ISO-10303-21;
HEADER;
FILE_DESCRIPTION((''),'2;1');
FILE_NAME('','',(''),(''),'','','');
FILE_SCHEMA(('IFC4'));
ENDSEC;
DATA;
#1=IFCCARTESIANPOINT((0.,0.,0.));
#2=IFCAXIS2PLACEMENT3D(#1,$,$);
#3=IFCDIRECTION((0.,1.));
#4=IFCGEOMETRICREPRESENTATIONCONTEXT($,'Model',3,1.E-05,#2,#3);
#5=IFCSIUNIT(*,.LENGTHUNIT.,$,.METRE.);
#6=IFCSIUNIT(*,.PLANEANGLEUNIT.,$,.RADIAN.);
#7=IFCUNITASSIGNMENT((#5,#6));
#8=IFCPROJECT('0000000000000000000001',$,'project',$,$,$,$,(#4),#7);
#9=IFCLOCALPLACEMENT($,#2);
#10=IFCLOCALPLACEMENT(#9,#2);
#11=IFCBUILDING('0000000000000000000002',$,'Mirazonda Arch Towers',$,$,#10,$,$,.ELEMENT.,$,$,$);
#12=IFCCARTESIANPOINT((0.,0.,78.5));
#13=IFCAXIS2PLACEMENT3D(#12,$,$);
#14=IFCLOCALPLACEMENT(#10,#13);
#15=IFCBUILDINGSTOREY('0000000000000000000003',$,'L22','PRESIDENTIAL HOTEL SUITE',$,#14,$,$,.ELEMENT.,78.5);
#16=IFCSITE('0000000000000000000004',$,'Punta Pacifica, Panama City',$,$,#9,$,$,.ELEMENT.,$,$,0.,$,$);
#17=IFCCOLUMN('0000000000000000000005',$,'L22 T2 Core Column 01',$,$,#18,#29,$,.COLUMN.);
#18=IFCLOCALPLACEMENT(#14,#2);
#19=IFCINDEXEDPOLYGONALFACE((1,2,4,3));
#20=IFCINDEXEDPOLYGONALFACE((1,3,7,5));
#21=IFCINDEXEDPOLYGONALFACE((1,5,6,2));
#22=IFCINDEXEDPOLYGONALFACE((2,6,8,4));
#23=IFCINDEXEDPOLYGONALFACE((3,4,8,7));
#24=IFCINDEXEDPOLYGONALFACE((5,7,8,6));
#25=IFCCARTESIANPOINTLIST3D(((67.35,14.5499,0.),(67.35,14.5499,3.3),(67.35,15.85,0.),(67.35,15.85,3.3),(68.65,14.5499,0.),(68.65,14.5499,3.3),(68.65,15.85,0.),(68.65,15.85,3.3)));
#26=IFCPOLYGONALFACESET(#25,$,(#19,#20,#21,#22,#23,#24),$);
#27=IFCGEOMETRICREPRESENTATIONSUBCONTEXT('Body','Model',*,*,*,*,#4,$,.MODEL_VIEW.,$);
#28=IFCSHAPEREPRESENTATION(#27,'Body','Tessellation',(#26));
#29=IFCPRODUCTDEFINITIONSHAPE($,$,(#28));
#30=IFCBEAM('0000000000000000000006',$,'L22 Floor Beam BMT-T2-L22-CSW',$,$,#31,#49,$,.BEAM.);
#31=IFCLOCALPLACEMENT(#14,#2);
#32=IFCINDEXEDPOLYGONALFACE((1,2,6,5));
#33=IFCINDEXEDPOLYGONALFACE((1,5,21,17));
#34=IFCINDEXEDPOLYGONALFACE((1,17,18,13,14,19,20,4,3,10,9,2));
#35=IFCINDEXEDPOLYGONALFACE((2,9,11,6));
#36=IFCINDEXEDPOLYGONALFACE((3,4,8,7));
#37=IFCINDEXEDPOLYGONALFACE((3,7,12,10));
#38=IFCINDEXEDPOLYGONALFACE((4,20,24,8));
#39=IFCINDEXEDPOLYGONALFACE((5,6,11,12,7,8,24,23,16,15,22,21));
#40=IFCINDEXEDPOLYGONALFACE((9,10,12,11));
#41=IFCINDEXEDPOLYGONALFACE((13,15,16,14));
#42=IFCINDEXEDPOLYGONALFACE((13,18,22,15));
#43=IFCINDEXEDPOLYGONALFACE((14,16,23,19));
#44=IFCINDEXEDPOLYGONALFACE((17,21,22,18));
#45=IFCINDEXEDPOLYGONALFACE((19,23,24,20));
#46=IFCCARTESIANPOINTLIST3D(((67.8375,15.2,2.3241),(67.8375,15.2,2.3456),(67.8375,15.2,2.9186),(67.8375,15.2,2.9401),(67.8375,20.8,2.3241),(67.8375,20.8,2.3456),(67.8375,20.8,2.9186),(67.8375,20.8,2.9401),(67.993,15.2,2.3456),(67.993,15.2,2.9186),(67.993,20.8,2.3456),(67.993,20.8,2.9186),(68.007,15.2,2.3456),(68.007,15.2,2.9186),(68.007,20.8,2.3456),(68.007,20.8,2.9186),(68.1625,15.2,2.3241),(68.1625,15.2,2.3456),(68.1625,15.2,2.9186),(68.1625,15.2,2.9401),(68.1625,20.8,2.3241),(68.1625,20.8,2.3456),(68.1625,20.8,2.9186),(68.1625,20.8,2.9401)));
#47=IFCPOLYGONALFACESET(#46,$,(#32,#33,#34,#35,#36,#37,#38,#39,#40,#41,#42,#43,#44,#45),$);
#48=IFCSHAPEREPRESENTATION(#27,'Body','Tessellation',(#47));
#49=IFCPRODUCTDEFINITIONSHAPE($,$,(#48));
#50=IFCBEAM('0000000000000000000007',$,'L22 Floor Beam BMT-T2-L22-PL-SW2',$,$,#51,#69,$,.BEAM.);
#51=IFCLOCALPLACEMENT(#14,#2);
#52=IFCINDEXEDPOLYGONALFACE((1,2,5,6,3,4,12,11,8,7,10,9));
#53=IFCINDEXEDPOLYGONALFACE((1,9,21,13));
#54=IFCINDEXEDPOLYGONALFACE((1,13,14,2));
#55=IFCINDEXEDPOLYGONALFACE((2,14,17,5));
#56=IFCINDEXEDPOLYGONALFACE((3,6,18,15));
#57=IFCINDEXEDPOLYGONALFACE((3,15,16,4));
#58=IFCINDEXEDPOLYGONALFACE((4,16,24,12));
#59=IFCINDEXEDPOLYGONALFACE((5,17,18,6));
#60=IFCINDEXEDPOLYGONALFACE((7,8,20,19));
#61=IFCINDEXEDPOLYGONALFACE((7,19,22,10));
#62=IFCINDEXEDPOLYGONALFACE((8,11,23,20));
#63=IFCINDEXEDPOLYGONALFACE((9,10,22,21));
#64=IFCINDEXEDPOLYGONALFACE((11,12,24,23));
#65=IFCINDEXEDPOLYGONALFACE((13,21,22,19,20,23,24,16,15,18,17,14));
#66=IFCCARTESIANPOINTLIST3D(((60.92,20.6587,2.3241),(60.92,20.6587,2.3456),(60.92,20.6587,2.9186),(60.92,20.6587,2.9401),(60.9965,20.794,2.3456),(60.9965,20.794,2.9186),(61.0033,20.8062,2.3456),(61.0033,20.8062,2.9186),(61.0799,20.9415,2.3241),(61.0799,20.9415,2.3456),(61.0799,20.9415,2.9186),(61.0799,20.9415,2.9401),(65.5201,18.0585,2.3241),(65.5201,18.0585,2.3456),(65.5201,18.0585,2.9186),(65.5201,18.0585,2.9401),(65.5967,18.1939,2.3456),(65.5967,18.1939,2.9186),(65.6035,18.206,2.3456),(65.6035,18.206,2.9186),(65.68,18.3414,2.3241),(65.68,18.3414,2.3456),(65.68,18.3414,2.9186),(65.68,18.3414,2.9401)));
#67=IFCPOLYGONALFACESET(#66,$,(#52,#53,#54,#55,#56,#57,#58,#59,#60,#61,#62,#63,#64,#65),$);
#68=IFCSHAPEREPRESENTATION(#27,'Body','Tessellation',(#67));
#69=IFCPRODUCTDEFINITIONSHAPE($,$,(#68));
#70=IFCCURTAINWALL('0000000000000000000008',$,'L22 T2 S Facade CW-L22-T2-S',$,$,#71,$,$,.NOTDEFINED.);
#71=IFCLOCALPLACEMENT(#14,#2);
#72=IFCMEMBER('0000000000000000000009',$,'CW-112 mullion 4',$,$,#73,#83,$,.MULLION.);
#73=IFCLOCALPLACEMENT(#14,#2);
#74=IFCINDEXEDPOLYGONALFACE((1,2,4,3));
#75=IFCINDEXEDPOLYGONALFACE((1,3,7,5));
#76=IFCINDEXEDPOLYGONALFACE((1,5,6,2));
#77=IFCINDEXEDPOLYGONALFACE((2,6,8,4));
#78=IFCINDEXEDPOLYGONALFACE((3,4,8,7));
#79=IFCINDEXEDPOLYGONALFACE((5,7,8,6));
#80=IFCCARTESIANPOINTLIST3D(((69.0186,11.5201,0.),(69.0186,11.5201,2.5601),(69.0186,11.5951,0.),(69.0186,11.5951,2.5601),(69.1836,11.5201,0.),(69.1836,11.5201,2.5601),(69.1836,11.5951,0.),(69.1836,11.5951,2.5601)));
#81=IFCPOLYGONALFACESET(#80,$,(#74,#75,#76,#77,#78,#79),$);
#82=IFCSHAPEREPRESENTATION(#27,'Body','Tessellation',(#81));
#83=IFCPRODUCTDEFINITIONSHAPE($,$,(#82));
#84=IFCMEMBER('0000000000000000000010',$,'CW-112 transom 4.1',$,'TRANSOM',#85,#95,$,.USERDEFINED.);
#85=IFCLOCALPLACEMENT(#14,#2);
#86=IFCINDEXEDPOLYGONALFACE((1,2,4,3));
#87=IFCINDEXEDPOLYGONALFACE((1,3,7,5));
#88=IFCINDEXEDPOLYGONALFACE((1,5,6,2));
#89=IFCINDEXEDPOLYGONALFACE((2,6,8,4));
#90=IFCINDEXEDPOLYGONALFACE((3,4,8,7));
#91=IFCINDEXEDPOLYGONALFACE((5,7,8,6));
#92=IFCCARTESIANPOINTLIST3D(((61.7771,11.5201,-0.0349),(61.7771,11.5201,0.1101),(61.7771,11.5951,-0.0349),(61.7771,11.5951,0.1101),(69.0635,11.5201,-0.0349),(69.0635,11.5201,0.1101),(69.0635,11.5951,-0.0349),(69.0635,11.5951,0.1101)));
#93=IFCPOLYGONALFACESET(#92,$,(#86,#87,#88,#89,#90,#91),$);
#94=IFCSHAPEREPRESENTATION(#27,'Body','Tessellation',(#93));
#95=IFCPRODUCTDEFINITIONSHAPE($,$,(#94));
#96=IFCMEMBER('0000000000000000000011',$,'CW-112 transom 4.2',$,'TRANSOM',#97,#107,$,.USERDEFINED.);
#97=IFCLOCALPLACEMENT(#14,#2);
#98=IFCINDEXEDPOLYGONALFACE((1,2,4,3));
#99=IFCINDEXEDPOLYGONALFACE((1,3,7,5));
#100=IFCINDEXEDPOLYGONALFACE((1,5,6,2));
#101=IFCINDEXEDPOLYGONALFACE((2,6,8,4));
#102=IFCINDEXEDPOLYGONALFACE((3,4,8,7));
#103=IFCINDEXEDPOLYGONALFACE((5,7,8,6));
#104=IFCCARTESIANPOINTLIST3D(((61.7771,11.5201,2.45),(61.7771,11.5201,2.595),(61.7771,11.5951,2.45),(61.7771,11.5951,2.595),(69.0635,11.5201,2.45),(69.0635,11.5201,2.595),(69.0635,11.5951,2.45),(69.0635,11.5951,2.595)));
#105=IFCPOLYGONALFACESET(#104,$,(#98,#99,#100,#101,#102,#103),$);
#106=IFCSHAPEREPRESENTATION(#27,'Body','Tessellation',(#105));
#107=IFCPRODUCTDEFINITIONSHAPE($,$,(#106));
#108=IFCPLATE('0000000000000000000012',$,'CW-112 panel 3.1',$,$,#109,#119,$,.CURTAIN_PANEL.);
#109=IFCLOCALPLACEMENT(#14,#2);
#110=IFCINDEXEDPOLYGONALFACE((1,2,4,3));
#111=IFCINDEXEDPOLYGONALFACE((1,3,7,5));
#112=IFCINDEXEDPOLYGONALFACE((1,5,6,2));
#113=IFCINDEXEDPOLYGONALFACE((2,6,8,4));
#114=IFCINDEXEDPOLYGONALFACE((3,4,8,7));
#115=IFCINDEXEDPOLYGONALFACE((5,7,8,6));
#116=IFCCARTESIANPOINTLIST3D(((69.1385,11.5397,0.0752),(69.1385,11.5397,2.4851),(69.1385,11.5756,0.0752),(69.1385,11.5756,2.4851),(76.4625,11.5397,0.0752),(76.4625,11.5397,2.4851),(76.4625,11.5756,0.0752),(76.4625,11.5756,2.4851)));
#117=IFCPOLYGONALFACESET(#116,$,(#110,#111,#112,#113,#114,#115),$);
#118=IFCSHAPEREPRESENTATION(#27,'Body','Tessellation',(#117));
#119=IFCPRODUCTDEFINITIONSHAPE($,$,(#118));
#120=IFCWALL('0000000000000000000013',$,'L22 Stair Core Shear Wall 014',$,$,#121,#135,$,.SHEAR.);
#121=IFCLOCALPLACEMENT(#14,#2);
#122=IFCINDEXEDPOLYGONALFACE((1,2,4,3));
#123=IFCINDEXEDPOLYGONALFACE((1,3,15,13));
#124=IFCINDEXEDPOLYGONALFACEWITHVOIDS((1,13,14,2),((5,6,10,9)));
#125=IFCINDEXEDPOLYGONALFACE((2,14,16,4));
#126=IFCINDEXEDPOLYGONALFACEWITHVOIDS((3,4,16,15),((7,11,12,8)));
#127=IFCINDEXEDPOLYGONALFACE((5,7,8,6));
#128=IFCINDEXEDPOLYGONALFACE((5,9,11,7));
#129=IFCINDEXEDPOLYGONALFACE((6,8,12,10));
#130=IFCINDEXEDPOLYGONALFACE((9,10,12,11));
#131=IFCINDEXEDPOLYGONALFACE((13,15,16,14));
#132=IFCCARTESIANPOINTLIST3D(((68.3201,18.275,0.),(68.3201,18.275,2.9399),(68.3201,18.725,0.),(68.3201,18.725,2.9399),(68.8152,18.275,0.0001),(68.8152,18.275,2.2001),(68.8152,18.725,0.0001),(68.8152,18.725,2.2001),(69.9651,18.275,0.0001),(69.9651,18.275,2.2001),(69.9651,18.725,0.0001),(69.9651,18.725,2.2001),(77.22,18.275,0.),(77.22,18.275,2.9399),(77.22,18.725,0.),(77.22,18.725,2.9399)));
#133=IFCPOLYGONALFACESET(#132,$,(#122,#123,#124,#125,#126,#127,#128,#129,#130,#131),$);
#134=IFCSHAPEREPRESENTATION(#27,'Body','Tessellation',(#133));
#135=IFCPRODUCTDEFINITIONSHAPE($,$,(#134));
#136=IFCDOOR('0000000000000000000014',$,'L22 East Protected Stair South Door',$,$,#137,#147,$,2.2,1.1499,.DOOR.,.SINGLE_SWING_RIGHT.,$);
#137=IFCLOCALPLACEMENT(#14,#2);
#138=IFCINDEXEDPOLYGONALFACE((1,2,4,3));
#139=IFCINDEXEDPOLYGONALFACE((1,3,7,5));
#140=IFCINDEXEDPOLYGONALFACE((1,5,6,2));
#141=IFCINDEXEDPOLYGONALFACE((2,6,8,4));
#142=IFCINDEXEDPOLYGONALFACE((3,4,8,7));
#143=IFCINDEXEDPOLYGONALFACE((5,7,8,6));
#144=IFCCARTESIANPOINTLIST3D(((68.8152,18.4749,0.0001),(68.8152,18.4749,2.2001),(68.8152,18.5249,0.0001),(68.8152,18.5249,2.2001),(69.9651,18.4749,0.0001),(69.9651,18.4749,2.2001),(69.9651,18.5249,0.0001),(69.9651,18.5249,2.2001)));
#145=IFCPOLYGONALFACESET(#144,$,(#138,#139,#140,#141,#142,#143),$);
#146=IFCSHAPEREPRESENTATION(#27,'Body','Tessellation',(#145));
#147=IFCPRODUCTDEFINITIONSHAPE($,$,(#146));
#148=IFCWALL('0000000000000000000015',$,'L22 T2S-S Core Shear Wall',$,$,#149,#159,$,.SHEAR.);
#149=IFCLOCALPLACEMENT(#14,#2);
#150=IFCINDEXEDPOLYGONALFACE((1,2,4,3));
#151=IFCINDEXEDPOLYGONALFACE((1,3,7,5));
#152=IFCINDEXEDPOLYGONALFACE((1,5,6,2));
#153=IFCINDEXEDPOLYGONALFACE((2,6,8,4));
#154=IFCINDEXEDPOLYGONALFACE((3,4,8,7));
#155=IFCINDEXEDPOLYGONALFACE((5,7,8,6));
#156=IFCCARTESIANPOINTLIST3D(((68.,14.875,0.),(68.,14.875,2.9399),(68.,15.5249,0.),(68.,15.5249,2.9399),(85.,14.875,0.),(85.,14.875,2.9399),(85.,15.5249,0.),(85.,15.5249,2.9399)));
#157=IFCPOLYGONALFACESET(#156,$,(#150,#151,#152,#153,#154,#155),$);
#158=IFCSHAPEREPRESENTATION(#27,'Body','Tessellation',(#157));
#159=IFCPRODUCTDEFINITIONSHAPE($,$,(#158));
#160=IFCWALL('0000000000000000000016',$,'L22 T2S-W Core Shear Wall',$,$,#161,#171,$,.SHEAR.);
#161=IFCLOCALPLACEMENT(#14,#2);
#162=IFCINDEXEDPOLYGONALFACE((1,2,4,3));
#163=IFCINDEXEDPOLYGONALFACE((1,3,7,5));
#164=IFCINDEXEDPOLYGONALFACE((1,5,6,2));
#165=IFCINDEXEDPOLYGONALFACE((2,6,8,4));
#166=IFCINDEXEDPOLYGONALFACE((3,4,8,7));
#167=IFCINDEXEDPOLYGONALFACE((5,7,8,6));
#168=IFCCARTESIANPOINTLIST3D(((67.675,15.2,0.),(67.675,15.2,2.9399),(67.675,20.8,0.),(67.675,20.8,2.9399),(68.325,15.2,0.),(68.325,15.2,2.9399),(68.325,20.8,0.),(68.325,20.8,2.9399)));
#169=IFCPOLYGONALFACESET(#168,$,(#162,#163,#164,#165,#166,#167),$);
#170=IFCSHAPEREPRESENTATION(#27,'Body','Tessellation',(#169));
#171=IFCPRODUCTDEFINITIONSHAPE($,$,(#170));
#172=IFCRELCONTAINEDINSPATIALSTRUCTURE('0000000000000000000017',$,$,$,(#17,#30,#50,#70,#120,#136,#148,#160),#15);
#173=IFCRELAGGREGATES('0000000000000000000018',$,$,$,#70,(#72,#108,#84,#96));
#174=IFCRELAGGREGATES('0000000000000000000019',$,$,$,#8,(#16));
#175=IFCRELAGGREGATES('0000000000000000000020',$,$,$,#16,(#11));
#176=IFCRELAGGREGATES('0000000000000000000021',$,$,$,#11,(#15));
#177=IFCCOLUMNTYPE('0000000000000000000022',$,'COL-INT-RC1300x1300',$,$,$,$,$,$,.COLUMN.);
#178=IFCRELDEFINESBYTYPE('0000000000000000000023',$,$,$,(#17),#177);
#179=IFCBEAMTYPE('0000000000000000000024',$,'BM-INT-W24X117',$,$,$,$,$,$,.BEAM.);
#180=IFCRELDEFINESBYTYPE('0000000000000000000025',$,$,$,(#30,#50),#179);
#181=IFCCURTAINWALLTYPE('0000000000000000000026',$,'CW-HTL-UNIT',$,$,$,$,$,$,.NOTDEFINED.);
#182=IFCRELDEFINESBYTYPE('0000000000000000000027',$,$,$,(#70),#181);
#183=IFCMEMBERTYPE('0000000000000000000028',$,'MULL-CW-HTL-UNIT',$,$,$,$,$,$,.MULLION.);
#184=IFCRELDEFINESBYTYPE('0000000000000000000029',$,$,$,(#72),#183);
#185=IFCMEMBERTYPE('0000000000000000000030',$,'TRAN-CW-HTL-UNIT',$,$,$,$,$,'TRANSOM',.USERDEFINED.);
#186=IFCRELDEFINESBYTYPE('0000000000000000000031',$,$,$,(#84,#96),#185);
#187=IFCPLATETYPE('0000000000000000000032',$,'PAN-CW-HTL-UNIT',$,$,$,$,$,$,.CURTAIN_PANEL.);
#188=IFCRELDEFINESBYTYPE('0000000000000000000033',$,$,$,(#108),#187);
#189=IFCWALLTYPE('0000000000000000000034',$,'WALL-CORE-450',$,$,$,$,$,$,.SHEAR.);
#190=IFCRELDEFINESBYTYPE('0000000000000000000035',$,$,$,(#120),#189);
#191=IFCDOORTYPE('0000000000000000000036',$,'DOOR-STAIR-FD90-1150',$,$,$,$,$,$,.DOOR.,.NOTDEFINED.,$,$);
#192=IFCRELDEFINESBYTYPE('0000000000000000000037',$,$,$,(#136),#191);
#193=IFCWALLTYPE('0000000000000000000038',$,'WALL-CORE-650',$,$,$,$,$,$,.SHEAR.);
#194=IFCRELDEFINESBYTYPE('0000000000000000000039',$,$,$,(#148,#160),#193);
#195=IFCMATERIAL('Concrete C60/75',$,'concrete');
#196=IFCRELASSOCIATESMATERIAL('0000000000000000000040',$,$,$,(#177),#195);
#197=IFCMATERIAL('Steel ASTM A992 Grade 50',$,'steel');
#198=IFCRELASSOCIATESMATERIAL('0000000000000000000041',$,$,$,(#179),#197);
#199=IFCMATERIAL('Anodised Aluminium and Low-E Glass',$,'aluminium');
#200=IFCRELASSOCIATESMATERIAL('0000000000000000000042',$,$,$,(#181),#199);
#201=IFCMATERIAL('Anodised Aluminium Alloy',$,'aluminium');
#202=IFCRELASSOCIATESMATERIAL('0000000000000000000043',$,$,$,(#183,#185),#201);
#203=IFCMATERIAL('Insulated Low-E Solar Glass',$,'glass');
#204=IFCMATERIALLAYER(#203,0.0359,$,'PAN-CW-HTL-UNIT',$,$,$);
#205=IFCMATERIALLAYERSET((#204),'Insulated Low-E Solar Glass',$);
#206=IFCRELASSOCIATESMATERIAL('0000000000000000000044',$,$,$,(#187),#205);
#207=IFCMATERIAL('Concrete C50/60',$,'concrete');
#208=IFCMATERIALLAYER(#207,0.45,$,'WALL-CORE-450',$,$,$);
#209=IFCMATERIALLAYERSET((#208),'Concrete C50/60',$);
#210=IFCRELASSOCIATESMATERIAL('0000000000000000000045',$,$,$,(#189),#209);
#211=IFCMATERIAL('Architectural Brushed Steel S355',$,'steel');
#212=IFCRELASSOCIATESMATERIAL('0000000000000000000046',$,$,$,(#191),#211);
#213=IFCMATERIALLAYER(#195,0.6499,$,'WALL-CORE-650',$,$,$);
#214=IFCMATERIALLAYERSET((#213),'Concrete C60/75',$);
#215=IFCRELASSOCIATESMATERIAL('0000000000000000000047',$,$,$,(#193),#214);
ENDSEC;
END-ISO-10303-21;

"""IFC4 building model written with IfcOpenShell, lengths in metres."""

from ifc_helpers import new_model, si_unit, direction, frame, frame_2d, origin, origin_2d, place, context, subcontext, project, spatial, rectangle, i_section, extrude, material, layer, layer_set, material_profile, profile_set, type_object, element, fill, aggregate, save


model = new_model("IFC4")

# Units and contexts
model_context = context("Model", 3, precision=1e-05, world=origin(), true_north=direction((0.0, 1.0)))
body_context = subcontext(model_context, "Body", "Model", "MODEL_VIEW")
ifc_project = project(units=[si_unit("LENGTHUNIT", "METRE"), si_unit("PLANEANGLEUNIT", "RADIAN")], contexts=[model_context])

# Site, building, storey
site_placement = place(None, origin())
site = spatial("IfcSite", under=ifc_project, at=site_placement, Name="Punta Pacifica, Panama City", CompositionType="ELEMENT", RefElevation=0.0)
building_placement = place(site_placement, origin())
building = spatial("IfcBuilding", under=site, at=building_placement, Name="Mirazonda Arch Towers", CompositionType="ELEMENT")
storey_placement = place(building_placement, frame((0.0, 0.0, 78.5)))
storey = spatial("IfcBuildingStorey", under=building, at=storey_placement, Name="L22", Description="PRESIDENTIAL HOTEL SUITE", CompositionType="ELEMENT", Elevation=78.5)

# Column
ifc_material_1 = material(Name="Concrete C60/75", Category="concrete")
ifc_material_profile_1 = material_profile(ifc_material_1, rectangle(XDim=1.3, YDim=1.3, at=origin_2d()), Name="RC1300x1300")
ifc_profile_set_1 = profile_set([ifc_material_profile_1], Name="Concrete C60/75")
column_type = type_object("IfcColumnType", Name="COL-INT-RC1300x1300", PredefinedType="COLUMN", material=ifc_profile_set_1)
column_placement = place(storey_placement, frame((68.0, 15.2, 0.0), z_axis=(0.0, 0.0, 1.0), x_axis=(1.0, 0.0, 0.0)))
element("IfcColumn", 1, at=column_placement, inside=storey, type_object=column_type, Name="L22 T2 Core Column 01", PredefinedType="COLUMN", context=body_context, shape_type="SweptSolid", body=[
    extrude(rectangle(XDim=1.3, YDim=1.3, at=origin_2d()), origin(), (0.0, 0.0, 1.0), 3.3),
])

# Beams
ifc_material_2 = material(Name="Steel ASTM A992 Grade 50", Category="steel")
ifc_material_profile_2 = material_profile(ifc_material_2, i_section(OverallWidth=0.325, OverallDepth=0.616, WebThickness=0.0139, FlangeThickness=0.0215, at=origin_2d()), Name="W24X117")
ifc_profile_set_2 = profile_set([ifc_material_profile_2], Name="Steel ASTM A992 Grade 50")
beam_type = type_object("IfcBeamType", Name="BM-INT-W24X117", PredefinedType="BEAM", material=ifc_profile_set_2)
beam_1_placement = place(storey_placement, frame((68.0, 15.2, 2.6321), z_axis=(0.0, 1.0, 0.0), x_axis=(-1.0, 0.0, 0.0)))
element("IfcBeam", 2, at=beam_1_placement, inside=storey, type_object=beam_type, Name="L22 Floor Beam BMT-T2-L22-CSW", PredefinedType="BEAM", context=body_context, shape_type="SweptSolid", body=[
    extrude(i_section(OverallWidth=0.325, OverallDepth=0.616, WebThickness=0.0139, FlangeThickness=0.0215, at=origin_2d()), origin(), (0.0, 0.0, 1.0), 5.6001),
])
beam_2_placement = place(storey_placement, frame((65.6001, 18.2, 2.6321), z_axis=(-0.870559, 0.492063, 0.0), x_axis=(-0.492063, -0.870559, 0.0)))
element("IfcBeam", 3, at=beam_2_placement, inside=storey, type_object=beam_type, Name="L22 Floor Beam BMT-T2-L22-PL-SW2", PredefinedType="BEAM", context=body_context, shape_type="SweptSolid", body=[
    extrude(i_section(OverallWidth=0.325, OverallDepth=0.616, WebThickness=0.0139, FlangeThickness=0.0215, at=origin_2d()), origin(), (0.0, 0.0, 1.0), 5.2842),
])

# Curtain wall, members, plate
ifc_material_3 = material(Name="Anodised Aluminium and Low-E Glass", Category="aluminium")
curtain_wall_type = type_object("IfcCurtainWallType", Name="CW-HTL-UNIT", PredefinedType="NOTDEFINED", material=ifc_material_3)
curtain_wall_placement = place(storey_placement, origin())
curtain_wall = element("IfcCurtainWall", 4, at=curtain_wall_placement, inside=storey, type_object=curtain_wall_type, Name="L22 T2 S Facade CW-L22-T2-S", PredefinedType="NOTDEFINED")
ifc_material_4 = material(Name="Anodised Aluminium Alloy", Category="aluminium")
ifc_material_profile_3 = material_profile(ifc_material_4, rectangle(XDim=0.075, YDim=0.165, at=origin_2d()), Name="ALU-MULL-75x165")
ifc_profile_set_3 = profile_set([ifc_material_profile_3], Name="Anodised Aluminium Alloy")
member_type_1 = type_object("IfcMemberType", Name="MULL-CW-HTL-UNIT", PredefinedType="MULLION", material=ifc_profile_set_3)
member_1_placement = place(storey_placement, frame((69.1011, 11.5576, 0.0), z_axis=(0.0, 0.0, 1.0), x_axis=(0.0, -1.0, 0.0)))
member_1 = element("IfcMember", 5, at=member_1_placement, type_object=member_type_1, Name="CW-112 mullion 4", PredefinedType="MULLION", context=body_context, shape_type="SweptSolid", body=[
    extrude(rectangle(XDim=0.075, YDim=0.165, at=origin_2d()), origin(), (0.0, 0.0, 1.0), 2.5601),
])
ifc_material_profile_4 = material_profile(ifc_material_4, rectangle(XDim=0.075, YDim=0.145, at=origin_2d()), Name="ALU-TRAN-75x145")
ifc_profile_set_4 = profile_set([ifc_material_profile_4], Name="Anodised Aluminium Alloy")
member_type_2 = type_object("IfcMemberType", Name="TRAN-CW-HTL-UNIT", ElementType="TRANSOM", PredefinedType="USERDEFINED", material=ifc_profile_set_4)
member_2_placement = place(storey_placement, frame((69.0635, 11.5576, 0.0376), z_axis=(-1.0, 0.0, 0.0), x_axis=(0.0, -1.0, 0.0)))
member_2 = element("IfcMember", 6, at=member_2_placement, type_object=member_type_2, Name="CW-112 transom 4.1", ObjectType="TRANSOM", PredefinedType="USERDEFINED", context=body_context, shape_type="SweptSolid", body=[
    extrude(rectangle(XDim=0.075, YDim=0.145, at=origin_2d()), origin(), (0.0, 0.0, 1.0), 7.2864),
])
member_3_placement = place(storey_placement, frame((69.0635, 11.5576, 2.5225), z_axis=(-1.0, 0.0, 0.0), x_axis=(0.0, -1.0, 0.0)))
member_3 = element("IfcMember", 7, at=member_3_placement, type_object=member_type_2, Name="CW-112 transom 4.2", ObjectType="TRANSOM", PredefinedType="USERDEFINED", context=body_context, shape_type="SweptSolid", body=[
    extrude(rectangle(XDim=0.075, YDim=0.145, at=origin_2d()), origin(), (0.0, 0.0, 1.0), 7.2864),
])
ifc_material_5 = material(Name="Insulated Low-E Solar Glass", Category="glass")
ifc_layer_1 = layer(ifc_material_5, 0.0359, Name="PAN-CW-HTL-UNIT")
ifc_layer_set_1 = layer_set([ifc_layer_1], Name="Insulated Low-E Solar Glass")
plate_type = type_object("IfcPlateType", Name="PAN-CW-HTL-UNIT", PredefinedType="CURTAIN_PANEL", material=ifc_layer_set_1)
plate_placement = place(storey_placement, frame((72.8005, 11.5576, 0.0752), z_axis=(0.0, 0.0, 1.0), x_axis=(-1.0, 0.0, 0.0)))
plate = element("IfcPlate", 8, at=plate_placement, type_object=plate_type, Name="CW-112 panel 3.1", PredefinedType="CURTAIN_PANEL", context=body_context, shape_type="SweptSolid", body=[
    extrude(rectangle(XDim=7.324, YDim=0.0359, at=origin_2d()), origin(), (0.0, 0.0, 1.0), 2.4099),
])
aggregate(curtain_wall, [member_1, plate, member_2, member_3])

# Wall, opening, door
ifc_material_6 = material(Name="Concrete C50/60", Category="concrete")
ifc_layer_2 = layer(ifc_material_6, 0.45, Name="WALL-CORE-450")
ifc_layer_set_2 = layer_set([ifc_layer_2], Name="Concrete C50/60")
wall_type_1 = type_object("IfcWallType", Name="WALL-CORE-450", PredefinedType="SHEAR", material=ifc_layer_set_2)
wall_1_placement = place(storey_placement, frame((68.3201, 18.5, 0.0), z_axis=(0.0, 0.0, 1.0), x_axis=(1.0, 0.0, 0.0)))
wall_1 = element("IfcWall", 9, at=wall_1_placement, inside=storey, type_object=wall_type_1, Name="L22 Stair Core Shear Wall 014", PredefinedType="SHEAR", context=body_context, shape_type="SweptSolid", body=[
    extrude(rectangle(XDim=8.8999, YDim=0.45, at=frame_2d((4.45, 0.0))), origin(), (0.0, 0.0, 1.0), 2.9399),
])
opening_placement = place(wall_1_placement, frame((0.4951, 0.0, 0.0)))
opening = element("IfcOpeningElement", 10, at=opening_placement, cuts=wall_1, PredefinedType="OPENING", context=body_context, shape_type="SweptSolid", body=[
    extrude(rectangle(XDim=1.1499, YDim=2.2, at=frame_2d((0.575, 1.1001))), frame((0.0, 0.2349, 0.0), z_axis=(0.0, -1.0, 0.0), x_axis=(1.0, 0.0, 0.0)), (0.0, 0.0, 1.0), 0.47),
])
ifc_material_7 = material(Name="Architectural Brushed Steel S355", Category="steel")
door_type = type_object("IfcDoorType", Name="DOOR-STAIR-FD90-1150", OperationType="NOTDEFINED", PredefinedType="DOOR", material=ifc_material_7)
door_placement = place(opening_placement, origin())
door = element("IfcDoor", 11, at=door_placement, inside=storey, type_object=door_type, Name="L22 East Protected Stair South Door", OperationType="SINGLE_SWING_RIGHT", OverallHeight=2.2, OverallWidth=1.1499, PredefinedType="DOOR", context=body_context, shape_type="SweptSolid", body=[
    extrude(rectangle(XDim=1.1499, YDim=2.2, at=frame_2d((0.575, 1.1001))), frame((0.0, 0.0249, 0.0), z_axis=(0.0, -1.0, 0.0), x_axis=(1.0, 0.0, 0.0)), (0.0, 0.0, 1.0), 0.05),
])
fill(opening, door)

# Walls
ifc_layer_3 = layer(ifc_material_1, 0.6499, Name="WALL-CORE-650")
ifc_layer_set_3 = layer_set([ifc_layer_3], Name="Concrete C60/75")
wall_type_2 = type_object("IfcWallType", Name="WALL-CORE-650", PredefinedType="SHEAR", material=ifc_layer_set_3)
wall_2_placement = place(storey_placement, frame((68.0, 15.2, 0.0), z_axis=(0.0, 0.0, 1.0), x_axis=(1.0, 0.0, 0.0)))
element("IfcWall", 12, at=wall_2_placement, inside=storey, type_object=wall_type_2, Name="L22 T2S-S Core Shear Wall", PredefinedType="SHEAR", context=body_context, shape_type="SweptSolid", body=[
    extrude(rectangle(XDim=17.0, YDim=0.6499, at=frame_2d((8.5, 0.0))), origin(), (0.0, 0.0, 1.0), 2.9399),
])
wall_3_placement = place(storey_placement, frame((68.0, 15.2, 0.0), z_axis=(0.0, 0.0, 1.0), x_axis=(0.0, 1.0, 0.0)))
element("IfcWall", 13, at=wall_3_placement, inside=storey, type_object=wall_type_2, Name="L22 T2S-W Core Shear Wall", PredefinedType="SHEAR", context=body_context, shape_type="SweptSolid", body=[
    extrude(rectangle(XDim=5.6001, YDim=0.6499, at=frame_2d((2.8, 0.0))), origin(), (0.0, 0.0, 1.0), 2.9399),
])

save(model, "model.ifc")
